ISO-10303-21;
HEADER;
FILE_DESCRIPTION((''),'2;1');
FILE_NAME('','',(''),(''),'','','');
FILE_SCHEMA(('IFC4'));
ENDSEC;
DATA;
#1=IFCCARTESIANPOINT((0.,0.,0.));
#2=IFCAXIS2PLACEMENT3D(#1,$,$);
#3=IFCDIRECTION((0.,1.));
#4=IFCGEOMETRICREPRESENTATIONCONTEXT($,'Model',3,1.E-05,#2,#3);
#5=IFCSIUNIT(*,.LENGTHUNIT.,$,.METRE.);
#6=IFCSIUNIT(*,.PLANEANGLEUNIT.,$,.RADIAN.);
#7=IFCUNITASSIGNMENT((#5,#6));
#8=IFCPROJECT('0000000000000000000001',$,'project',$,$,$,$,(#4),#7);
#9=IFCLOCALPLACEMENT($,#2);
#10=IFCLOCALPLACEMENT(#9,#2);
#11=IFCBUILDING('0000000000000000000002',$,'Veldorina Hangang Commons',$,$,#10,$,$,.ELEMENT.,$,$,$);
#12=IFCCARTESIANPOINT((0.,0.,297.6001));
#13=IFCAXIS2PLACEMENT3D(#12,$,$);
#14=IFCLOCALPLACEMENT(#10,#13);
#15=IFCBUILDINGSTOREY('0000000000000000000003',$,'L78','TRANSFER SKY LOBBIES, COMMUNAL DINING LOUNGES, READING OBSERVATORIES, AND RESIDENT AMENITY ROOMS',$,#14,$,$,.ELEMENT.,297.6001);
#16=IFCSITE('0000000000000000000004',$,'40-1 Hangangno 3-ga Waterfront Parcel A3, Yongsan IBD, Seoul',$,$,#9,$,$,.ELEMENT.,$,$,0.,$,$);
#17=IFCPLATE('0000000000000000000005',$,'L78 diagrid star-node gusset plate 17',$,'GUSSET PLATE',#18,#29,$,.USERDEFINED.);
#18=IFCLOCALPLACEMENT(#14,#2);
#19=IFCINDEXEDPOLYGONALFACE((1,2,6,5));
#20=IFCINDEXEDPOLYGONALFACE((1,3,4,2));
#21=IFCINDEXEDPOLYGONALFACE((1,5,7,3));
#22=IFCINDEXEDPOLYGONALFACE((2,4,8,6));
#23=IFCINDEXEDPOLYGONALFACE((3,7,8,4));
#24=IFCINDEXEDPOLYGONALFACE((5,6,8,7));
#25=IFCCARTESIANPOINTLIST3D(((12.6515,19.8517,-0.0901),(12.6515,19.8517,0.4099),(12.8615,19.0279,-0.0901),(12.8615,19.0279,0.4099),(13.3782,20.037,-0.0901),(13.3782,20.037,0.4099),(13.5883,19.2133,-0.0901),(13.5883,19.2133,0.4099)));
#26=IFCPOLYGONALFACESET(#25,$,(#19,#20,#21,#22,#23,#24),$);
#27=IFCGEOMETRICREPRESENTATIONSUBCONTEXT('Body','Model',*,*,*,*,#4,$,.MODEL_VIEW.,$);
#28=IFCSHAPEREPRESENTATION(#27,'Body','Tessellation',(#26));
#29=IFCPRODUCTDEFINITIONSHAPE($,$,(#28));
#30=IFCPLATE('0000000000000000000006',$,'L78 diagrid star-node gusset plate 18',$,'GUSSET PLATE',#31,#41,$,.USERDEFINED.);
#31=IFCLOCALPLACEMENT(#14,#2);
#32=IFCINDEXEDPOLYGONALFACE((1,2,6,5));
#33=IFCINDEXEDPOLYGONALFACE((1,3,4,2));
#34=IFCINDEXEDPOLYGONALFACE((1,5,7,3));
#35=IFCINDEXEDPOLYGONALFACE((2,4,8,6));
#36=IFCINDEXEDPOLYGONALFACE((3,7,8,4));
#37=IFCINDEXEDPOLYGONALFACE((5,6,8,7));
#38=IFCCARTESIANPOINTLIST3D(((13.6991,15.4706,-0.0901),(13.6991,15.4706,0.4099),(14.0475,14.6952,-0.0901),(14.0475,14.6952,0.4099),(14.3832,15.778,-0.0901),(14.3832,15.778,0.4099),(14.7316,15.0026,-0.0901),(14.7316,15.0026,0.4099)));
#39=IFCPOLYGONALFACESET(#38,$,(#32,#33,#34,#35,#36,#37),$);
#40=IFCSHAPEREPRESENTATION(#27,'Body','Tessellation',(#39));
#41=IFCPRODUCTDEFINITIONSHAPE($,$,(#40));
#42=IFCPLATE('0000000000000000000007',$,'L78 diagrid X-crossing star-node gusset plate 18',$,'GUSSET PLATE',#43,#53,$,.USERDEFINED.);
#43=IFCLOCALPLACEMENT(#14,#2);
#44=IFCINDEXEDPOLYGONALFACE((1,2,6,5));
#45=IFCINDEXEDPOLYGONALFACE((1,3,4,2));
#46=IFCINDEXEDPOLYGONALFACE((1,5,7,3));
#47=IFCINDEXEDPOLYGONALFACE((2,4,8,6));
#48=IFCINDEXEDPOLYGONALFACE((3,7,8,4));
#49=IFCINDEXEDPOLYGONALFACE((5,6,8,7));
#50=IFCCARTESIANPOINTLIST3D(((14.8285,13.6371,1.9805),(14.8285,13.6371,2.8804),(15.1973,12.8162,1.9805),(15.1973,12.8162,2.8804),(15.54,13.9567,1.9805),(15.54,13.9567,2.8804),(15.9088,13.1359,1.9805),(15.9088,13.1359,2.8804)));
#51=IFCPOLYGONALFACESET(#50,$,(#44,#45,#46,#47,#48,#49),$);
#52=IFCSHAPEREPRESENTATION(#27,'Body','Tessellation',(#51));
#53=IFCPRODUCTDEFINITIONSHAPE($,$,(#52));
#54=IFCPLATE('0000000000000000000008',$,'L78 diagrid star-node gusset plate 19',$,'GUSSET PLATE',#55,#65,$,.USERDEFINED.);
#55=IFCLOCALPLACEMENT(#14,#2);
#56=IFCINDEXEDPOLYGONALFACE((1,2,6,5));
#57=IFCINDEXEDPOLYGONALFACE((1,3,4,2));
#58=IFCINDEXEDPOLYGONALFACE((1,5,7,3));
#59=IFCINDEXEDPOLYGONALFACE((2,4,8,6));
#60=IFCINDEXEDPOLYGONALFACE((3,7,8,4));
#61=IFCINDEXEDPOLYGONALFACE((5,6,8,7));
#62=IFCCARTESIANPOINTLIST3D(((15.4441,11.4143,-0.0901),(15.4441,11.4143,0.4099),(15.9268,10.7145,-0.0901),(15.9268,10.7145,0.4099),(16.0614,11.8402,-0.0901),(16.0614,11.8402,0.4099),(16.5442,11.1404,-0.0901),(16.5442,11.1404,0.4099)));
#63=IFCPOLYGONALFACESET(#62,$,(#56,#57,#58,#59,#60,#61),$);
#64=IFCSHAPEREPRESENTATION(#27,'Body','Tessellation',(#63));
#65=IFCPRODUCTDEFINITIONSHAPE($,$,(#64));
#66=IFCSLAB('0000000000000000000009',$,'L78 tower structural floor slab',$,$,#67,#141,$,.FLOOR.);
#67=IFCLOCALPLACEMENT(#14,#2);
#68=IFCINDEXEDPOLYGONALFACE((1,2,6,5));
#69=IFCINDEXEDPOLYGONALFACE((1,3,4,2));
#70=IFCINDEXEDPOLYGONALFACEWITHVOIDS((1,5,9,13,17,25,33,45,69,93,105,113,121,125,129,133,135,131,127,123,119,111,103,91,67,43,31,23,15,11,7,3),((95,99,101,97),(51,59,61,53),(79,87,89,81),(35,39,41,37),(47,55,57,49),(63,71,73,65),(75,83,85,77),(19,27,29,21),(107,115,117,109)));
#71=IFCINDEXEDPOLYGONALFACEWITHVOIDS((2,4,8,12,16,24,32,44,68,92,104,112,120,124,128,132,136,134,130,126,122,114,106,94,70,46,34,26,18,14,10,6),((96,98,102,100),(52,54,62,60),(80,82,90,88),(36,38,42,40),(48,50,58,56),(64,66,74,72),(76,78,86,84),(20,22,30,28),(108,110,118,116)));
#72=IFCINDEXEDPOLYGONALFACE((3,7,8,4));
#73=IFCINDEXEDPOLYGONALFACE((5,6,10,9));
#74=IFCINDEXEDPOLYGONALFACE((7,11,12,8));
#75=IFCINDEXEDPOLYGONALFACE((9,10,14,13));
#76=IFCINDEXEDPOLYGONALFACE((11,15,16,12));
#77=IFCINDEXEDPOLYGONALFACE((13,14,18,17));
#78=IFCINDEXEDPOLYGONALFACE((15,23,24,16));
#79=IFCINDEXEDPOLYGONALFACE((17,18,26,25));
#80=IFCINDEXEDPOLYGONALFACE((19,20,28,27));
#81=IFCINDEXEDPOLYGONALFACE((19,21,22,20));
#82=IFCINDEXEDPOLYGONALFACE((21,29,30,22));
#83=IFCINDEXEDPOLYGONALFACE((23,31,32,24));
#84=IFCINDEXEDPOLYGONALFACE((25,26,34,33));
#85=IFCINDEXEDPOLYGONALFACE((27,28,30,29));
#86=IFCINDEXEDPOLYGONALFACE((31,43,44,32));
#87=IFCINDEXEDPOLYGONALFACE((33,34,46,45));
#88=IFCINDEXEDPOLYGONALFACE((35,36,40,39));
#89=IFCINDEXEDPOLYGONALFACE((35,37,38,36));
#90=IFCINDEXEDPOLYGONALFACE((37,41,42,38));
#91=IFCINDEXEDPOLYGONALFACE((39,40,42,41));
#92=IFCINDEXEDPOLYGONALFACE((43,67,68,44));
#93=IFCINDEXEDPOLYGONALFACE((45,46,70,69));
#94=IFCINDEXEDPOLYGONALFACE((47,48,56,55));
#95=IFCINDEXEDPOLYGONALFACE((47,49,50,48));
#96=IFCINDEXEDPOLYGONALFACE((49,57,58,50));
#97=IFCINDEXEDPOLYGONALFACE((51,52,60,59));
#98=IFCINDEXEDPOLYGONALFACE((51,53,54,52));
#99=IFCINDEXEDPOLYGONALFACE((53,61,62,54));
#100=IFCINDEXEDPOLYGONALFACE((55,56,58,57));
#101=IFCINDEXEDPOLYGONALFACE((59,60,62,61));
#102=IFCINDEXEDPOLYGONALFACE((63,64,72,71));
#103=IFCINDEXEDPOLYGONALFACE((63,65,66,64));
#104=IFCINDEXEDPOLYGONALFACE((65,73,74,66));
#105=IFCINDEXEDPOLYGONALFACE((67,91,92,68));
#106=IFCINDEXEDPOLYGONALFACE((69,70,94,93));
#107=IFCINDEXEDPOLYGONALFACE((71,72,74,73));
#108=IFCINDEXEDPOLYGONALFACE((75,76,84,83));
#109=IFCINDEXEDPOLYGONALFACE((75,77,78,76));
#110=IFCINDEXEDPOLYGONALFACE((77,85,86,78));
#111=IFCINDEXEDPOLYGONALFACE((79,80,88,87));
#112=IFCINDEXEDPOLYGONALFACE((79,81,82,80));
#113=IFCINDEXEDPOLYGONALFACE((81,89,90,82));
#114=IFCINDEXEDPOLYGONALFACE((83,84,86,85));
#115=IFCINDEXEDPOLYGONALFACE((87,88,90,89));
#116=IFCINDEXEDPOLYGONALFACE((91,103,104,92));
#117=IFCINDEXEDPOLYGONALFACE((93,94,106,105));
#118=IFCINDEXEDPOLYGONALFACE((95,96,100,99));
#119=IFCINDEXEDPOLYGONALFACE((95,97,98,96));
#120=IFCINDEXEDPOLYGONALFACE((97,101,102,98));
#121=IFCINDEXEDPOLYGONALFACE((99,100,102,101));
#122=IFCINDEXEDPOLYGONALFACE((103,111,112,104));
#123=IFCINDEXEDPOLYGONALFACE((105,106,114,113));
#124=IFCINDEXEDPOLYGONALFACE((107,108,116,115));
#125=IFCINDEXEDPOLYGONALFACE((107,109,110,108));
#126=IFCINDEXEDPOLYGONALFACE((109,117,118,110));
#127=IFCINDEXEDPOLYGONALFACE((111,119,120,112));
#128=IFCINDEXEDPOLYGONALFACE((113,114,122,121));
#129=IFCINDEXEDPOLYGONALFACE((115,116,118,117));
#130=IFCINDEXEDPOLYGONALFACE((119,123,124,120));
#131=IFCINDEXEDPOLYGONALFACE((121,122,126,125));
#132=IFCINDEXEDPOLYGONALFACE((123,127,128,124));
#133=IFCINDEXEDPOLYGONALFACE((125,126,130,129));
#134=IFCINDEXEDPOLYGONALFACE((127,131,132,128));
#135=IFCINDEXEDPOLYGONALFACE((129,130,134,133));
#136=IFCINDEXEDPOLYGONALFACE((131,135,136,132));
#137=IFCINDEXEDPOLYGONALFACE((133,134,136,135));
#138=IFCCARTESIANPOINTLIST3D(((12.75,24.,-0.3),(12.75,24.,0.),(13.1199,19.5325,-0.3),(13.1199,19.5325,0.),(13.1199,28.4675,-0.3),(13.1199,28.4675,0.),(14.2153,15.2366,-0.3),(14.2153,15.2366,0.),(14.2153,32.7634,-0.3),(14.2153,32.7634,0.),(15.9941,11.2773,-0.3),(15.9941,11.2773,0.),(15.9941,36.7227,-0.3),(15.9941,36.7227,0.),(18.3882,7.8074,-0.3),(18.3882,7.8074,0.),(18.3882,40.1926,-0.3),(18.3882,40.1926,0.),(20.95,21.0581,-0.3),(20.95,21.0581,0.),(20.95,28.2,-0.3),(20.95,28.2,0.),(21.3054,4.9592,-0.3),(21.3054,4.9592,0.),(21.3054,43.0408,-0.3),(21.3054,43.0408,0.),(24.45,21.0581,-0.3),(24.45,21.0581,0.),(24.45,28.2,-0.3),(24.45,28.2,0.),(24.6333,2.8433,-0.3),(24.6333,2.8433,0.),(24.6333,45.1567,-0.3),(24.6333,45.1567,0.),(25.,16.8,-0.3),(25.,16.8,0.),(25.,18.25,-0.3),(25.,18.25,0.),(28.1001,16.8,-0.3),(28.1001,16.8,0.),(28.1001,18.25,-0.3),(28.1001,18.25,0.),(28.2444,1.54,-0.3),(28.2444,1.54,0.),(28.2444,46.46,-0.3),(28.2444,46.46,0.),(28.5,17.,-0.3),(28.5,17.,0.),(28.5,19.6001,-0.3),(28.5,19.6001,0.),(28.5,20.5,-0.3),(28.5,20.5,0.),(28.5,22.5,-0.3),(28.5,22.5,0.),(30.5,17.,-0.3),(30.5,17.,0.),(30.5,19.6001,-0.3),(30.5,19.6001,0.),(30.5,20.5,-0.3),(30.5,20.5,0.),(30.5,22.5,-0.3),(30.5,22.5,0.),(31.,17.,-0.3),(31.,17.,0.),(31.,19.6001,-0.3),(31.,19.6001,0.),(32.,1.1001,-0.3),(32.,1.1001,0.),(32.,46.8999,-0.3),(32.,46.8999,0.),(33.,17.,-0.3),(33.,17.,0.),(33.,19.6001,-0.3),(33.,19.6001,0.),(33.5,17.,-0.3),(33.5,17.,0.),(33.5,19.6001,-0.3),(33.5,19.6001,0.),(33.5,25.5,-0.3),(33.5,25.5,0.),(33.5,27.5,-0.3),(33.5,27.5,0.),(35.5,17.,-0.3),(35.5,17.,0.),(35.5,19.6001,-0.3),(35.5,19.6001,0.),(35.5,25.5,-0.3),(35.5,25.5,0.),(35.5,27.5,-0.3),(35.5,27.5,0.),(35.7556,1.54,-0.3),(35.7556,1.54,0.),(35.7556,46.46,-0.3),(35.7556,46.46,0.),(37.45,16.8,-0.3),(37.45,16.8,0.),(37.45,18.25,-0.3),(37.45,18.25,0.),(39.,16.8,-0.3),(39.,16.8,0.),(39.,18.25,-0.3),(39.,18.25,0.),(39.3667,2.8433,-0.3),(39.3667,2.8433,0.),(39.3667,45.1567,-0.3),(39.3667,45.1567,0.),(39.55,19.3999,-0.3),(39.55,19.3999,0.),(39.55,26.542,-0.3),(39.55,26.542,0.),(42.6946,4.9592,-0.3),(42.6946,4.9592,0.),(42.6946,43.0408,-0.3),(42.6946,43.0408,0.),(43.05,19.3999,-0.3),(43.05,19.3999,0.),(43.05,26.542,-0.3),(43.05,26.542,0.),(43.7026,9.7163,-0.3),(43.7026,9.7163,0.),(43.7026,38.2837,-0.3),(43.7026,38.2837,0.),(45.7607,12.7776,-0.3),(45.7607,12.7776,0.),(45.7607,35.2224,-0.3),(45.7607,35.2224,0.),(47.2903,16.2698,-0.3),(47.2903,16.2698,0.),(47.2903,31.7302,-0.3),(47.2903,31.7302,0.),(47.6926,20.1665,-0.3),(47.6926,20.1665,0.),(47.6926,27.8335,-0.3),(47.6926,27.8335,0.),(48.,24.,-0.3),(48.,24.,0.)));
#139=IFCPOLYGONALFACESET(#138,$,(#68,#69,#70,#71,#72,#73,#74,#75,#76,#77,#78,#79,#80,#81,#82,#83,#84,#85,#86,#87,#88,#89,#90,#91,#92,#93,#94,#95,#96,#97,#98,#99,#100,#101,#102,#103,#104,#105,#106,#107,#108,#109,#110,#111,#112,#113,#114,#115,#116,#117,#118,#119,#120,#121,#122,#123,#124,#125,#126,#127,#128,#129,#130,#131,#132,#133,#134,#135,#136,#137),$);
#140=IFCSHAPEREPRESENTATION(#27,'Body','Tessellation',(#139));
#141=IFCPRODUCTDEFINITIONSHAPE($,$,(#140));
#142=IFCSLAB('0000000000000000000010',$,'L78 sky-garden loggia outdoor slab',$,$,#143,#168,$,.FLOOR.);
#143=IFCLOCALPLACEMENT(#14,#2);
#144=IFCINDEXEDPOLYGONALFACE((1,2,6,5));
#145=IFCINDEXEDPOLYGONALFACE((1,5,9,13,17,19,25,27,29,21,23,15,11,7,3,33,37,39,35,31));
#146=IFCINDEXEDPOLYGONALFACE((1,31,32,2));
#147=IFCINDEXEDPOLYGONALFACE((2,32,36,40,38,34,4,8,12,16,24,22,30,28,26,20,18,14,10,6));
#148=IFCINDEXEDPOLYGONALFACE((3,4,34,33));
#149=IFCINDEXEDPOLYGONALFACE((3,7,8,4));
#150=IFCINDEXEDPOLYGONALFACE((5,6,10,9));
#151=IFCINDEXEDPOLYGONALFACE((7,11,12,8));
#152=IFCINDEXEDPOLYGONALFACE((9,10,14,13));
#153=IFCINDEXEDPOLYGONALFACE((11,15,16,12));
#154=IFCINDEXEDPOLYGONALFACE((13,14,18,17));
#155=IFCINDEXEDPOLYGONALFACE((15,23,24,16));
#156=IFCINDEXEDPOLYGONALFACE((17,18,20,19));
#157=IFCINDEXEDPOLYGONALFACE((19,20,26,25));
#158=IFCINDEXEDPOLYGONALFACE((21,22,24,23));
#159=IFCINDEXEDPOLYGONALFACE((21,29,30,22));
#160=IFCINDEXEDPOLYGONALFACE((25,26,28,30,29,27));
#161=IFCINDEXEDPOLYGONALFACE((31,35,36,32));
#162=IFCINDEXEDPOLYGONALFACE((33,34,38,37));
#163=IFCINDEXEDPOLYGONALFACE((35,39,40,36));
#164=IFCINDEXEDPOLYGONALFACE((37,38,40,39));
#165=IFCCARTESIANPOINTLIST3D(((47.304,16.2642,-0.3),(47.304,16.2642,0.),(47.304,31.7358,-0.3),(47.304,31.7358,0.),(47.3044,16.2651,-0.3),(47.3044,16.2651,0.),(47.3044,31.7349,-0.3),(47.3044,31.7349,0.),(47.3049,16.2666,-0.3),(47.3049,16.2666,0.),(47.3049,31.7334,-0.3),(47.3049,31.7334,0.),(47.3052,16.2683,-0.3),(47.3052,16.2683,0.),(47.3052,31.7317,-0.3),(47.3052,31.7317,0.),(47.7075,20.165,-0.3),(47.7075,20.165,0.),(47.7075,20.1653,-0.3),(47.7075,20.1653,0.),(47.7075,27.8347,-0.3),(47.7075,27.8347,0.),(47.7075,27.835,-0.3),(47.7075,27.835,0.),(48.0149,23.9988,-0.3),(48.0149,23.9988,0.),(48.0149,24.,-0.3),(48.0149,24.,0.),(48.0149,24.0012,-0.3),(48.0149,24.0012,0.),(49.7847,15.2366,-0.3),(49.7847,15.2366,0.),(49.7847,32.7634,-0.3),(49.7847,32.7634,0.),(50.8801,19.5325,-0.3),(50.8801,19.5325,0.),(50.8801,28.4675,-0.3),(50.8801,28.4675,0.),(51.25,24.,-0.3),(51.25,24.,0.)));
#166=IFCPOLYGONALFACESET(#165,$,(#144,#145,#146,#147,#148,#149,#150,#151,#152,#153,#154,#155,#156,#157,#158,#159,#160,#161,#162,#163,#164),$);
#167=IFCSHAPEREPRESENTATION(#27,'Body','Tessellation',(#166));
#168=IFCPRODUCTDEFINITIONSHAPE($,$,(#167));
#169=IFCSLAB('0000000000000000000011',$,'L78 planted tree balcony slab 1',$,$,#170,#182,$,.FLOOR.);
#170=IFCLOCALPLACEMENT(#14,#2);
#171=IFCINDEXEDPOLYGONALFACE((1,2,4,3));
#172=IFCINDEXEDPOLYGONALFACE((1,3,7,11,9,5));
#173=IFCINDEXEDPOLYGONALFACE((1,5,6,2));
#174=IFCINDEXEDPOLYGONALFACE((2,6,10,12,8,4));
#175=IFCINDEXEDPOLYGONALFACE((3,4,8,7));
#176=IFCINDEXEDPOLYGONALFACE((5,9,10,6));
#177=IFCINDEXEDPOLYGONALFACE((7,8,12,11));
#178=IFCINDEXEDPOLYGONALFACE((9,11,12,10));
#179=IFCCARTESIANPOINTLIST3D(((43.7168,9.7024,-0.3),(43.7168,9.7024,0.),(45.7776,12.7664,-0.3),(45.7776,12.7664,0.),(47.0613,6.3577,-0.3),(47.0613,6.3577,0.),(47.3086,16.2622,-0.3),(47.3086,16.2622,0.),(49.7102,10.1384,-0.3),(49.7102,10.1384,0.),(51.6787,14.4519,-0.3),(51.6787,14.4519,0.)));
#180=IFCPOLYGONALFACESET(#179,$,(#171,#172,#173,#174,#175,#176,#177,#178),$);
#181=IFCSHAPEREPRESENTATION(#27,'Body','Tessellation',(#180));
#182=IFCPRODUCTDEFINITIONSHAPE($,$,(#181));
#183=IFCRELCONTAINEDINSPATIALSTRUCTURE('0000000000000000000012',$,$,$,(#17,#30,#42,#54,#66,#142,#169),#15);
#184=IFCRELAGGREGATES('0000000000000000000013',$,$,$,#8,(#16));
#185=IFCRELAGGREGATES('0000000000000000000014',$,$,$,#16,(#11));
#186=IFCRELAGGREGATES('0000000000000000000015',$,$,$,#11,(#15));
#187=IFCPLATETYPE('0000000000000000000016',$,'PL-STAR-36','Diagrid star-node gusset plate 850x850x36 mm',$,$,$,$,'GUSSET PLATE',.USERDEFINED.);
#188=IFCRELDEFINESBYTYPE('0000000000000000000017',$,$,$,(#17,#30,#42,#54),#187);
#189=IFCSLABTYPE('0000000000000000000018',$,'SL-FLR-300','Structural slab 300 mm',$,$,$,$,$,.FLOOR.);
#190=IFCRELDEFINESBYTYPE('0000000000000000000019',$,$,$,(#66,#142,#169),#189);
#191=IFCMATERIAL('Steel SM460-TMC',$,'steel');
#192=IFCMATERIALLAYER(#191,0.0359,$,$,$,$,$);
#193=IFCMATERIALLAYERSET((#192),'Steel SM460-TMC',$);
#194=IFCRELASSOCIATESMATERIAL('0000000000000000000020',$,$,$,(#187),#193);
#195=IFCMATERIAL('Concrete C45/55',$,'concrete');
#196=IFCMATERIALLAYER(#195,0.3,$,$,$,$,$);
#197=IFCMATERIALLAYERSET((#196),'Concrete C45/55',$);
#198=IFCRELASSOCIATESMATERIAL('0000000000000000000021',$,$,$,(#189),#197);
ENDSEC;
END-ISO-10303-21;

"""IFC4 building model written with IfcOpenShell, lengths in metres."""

from ifc_helpers import new_model, si_unit, direction, frame, origin, origin_2d, place, context, subcontext, project, spatial, polyline, rectangle, outline, extrude, material, layer, layer_set, type_object, element, save


model = new_model("IFC4")

# Units and contexts
model_context = context("Model", 3, precision=1e-05, world=origin(), true_north=direction((0.0, 1.0)))
body_context = subcontext(model_context, "Body", "Model", "MODEL_VIEW")
ifc_project = project(units=[si_unit("LENGTHUNIT", "METRE"), si_unit("PLANEANGLEUNIT", "RADIAN")], contexts=[model_context])

# Site, building, storey
site_placement = place(None, origin())
site = spatial("IfcSite", under=ifc_project, at=site_placement, Name="40-1 Hangangno 3-ga Waterfront Parcel A3, Yongsan IBD, Seoul", CompositionType="ELEMENT", RefElevation=0.0)
building_placement = place(site_placement, origin())
building = spatial("IfcBuilding", under=site, at=building_placement, Name="Veldorina Hangang Commons", CompositionType="ELEMENT")
storey_placement = place(building_placement, frame((0.0, 0.0, 297.6001)))
storey = spatial("IfcBuildingStorey", under=building, at=storey_placement, Name="L78", Description="TRANSFER SKY LOBBIES, COMMUNAL DINING LOUNGES, READING OBSERVATORIES, AND RESIDENT AMENITY ROOMS", CompositionType="ELEMENT", Elevation=297.6001)

# Shared definitions
ifc_material_1 = material(Name="Steel SM460-TMC", Category="steel")

# Plates
ifc_layer_1 = layer(ifc_material_1, 0.0359)
ifc_layer_set_1 = layer_set([ifc_layer_1], Name="Steel SM460-TMC")
plate_type = type_object("IfcPlateType", Name="PL-STAR-36", Description="Diagrid star-node gusset plate 850x850x36 mm", ElementType="GUSSET PLATE", PredefinedType="USERDEFINED", material=ifc_layer_set_1)
for number, where, z_axis, x_axis, name in (
    (1, (13.1199, 19.5325, -0.0901), (0.0, 0.0, 1.0), (0.247084, -0.968994, 0.0), "L78 diagrid star-node gusset plate 17"),
    (2, (14.2153, 15.2366, -0.0901), (0.0, 0.0, 1.0), (0.409843, -0.912156, 0.0), "L78 diagrid star-node gusset plate 18"),
):
    element("IfcPlate", number, at=place(storey_placement, frame(where, z_axis=z_axis, x_axis=x_axis)), inside=storey, type_object=plate_type, Name=name, ObjectType="GUSSET PLATE", PredefinedType="USERDEFINED", context=body_context, shape_type="SweptSolid", body=[
        extrude(rectangle(XDim=0.8501, YDim=0.75, at=origin_2d()), origin(), (0.0, 0.0, 1.0), 0.5),
    ])
plate_1_placement = place(storey_placement, frame((15.3687, 13.3865, 1.9805), z_axis=(0.0, 0.0, 1.0), x_axis=(0.409843, -0.912156, 0.0)))
element("IfcPlate", 3, at=plate_1_placement, inside=storey, type_object=plate_type, Name="L78 diagrid X-crossing star-node gusset plate 18", ObjectType="GUSSET PLATE", PredefinedType="USERDEFINED", context=body_context, shape_type="SweptSolid", body=[
    extrude(rectangle(XDim=0.8999, YDim=0.78, at=origin_2d()), origin(), (0.0, 0.0, 1.0), 0.8999),
])
plate_2_placement = place(storey_placement, frame((15.9941, 11.2773, -0.0901), z_axis=(0.0, 0.0, 1.0), x_axis=(0.567872, -0.823117, 0.0)))
element("IfcPlate", 4, at=plate_2_placement, inside=storey, type_object=plate_type, Name="L78 diagrid star-node gusset plate 19", ObjectType="GUSSET PLATE", PredefinedType="USERDEFINED", context=body_context, shape_type="SweptSolid", body=[
    extrude(rectangle(XDim=0.8501, YDim=0.75, at=origin_2d()), origin(), (0.0, 0.0, 1.0), 0.5),
])

# Slabs
ifc_material_2 = material(Name="Concrete C45/55", Category="concrete")
ifc_layer_2 = layer(ifc_material_2, 0.3)
ifc_layer_set_2 = layer_set([ifc_layer_2], Name="Concrete C45/55")
slab_type_1 = type_object("IfcSlabType", Name="SL-FLR-300", Description="Structural slab 300 mm", PredefinedType="FLOOR", material=ifc_layer_set_2)
slab_1_placement = place(storey_placement, frame((0.0, 0.0, -0.3)))
element("IfcSlab", 5, at=slab_1_placement, inside=storey, type_object=slab_type_1, Name="L78 tower structural floor slab", PredefinedType="FLOOR", context=body_context, shape_type="SweptSolid", body=[
    extrude(outline(polyline([(48.0, 24.0), (47.6926, 27.8335), (47.2903, 31.7302), (45.7607, 35.2224), (43.7026, 38.2837), (42.6946, 43.0408), (39.3667, 45.1567), (35.7556, 46.46), (32.0, 46.8999), (28.2444, 46.46), (24.6333, 45.1567), (21.3054, 43.0408), (18.3882, 40.1926), (15.9941, 36.7227), (14.2153, 32.7634), (13.1199, 28.4675), (12.75, 24.0), (13.1199, 19.5325), (14.2153, 15.2366), (15.9941, 11.2773), (18.3882, 7.8074), (21.3054, 4.9592), (24.6333, 2.8433), (28.2444, 1.54), (32.0, 1.1001), (35.7556, 1.54), (39.3667, 2.8433), (42.6946, 4.9592), (43.7026, 9.7163), (45.7607, 12.7776), (47.2903, 16.2698), (47.6926, 20.1665), (48.0, 24.0)]), holes=[polyline([(20.95, 21.0581), (20.95, 28.2), (24.45, 28.2), (24.45, 21.0581), (20.95, 21.0581)]), polyline([(43.05, 26.542), (43.05, 19.3999), (39.55, 19.3999), (39.55, 26.542), (43.05, 26.542)]), polyline([(33.5, 27.5), (35.5, 27.5), (35.5, 25.5), (33.5, 25.5), (33.5, 27.5)]), polyline([(28.5, 22.5), (30.5, 22.5), (30.5, 20.5), (28.5, 20.5), (28.5, 22.5)]), polyline([(28.5, 19.6001), (30.5, 19.6001), (30.5, 17.0), (28.5, 17.0), (28.5, 19.6001)]), polyline([(31.0, 19.6001), (33.0, 19.6001), (33.0, 17.0), (31.0, 17.0), (31.0, 19.6001)]), polyline([(33.5, 19.6001), (35.5, 19.6001), (35.5, 17.0), (33.5, 17.0), (33.5, 19.6001)]), polyline([(25.0, 18.25), (28.1001, 18.25), (28.1001, 16.8), (25.0, 16.8), (25.0, 18.25)]), polyline([(37.45, 18.25), (39.0, 18.25), (39.0, 16.8), (37.45, 16.8), (37.45, 18.25)])]), origin(), (0.0, 0.0, 1.0), 0.3),
])
slab_2_placement = place(storey_placement, frame((0.0, 0.0, -0.3)))
element("IfcSlab", 6, at=slab_2_placement, inside=storey, type_object=slab_type_1, Name="L78 sky-garden loggia outdoor slab", PredefinedType="FLOOR", context=body_context, shape_type="SweptSolid", body=[
    extrude(outline(polyline([(49.7847, 32.7634), (50.8801, 28.4675), (51.25, 24.0), (50.8801, 19.5325), (49.7847, 15.2366), (47.304, 16.2642), (47.3044, 16.2651), (47.3049, 16.2666), (47.3052, 16.2683), (47.7075, 20.165), (47.7075, 20.1653), (48.0149, 23.9988), (48.0149, 24.0), (48.0149, 24.0012), (47.7075, 27.8347), (47.7075, 27.835), (47.3052, 31.7317), (47.3049, 31.7334), (47.3044, 31.7349), (47.304, 31.7358), (49.7847, 32.7634)])), origin(), (0.0, 0.0, 1.0), 0.3),
])
slab_3_placement = place(storey_placement, frame((0.0, 0.0, -0.3)))
element("IfcSlab", 7, at=slab_3_placement, inside=storey, type_object=slab_type_1, Name="L78 planted tree balcony slab 1", PredefinedType="FLOOR", context=body_context, shape_type="SweptSolid", body=[
    extrude(outline(polyline([(45.7776, 12.7664), (47.3086, 16.2622), (51.6787, 14.4519), (49.7102, 10.1384), (47.0613, 6.3577), (43.7168, 9.7024), (45.7776, 12.7664)])), origin(), (0.0, 0.0, 1.0), 0.3),
])

save(model, "model.ifc")
